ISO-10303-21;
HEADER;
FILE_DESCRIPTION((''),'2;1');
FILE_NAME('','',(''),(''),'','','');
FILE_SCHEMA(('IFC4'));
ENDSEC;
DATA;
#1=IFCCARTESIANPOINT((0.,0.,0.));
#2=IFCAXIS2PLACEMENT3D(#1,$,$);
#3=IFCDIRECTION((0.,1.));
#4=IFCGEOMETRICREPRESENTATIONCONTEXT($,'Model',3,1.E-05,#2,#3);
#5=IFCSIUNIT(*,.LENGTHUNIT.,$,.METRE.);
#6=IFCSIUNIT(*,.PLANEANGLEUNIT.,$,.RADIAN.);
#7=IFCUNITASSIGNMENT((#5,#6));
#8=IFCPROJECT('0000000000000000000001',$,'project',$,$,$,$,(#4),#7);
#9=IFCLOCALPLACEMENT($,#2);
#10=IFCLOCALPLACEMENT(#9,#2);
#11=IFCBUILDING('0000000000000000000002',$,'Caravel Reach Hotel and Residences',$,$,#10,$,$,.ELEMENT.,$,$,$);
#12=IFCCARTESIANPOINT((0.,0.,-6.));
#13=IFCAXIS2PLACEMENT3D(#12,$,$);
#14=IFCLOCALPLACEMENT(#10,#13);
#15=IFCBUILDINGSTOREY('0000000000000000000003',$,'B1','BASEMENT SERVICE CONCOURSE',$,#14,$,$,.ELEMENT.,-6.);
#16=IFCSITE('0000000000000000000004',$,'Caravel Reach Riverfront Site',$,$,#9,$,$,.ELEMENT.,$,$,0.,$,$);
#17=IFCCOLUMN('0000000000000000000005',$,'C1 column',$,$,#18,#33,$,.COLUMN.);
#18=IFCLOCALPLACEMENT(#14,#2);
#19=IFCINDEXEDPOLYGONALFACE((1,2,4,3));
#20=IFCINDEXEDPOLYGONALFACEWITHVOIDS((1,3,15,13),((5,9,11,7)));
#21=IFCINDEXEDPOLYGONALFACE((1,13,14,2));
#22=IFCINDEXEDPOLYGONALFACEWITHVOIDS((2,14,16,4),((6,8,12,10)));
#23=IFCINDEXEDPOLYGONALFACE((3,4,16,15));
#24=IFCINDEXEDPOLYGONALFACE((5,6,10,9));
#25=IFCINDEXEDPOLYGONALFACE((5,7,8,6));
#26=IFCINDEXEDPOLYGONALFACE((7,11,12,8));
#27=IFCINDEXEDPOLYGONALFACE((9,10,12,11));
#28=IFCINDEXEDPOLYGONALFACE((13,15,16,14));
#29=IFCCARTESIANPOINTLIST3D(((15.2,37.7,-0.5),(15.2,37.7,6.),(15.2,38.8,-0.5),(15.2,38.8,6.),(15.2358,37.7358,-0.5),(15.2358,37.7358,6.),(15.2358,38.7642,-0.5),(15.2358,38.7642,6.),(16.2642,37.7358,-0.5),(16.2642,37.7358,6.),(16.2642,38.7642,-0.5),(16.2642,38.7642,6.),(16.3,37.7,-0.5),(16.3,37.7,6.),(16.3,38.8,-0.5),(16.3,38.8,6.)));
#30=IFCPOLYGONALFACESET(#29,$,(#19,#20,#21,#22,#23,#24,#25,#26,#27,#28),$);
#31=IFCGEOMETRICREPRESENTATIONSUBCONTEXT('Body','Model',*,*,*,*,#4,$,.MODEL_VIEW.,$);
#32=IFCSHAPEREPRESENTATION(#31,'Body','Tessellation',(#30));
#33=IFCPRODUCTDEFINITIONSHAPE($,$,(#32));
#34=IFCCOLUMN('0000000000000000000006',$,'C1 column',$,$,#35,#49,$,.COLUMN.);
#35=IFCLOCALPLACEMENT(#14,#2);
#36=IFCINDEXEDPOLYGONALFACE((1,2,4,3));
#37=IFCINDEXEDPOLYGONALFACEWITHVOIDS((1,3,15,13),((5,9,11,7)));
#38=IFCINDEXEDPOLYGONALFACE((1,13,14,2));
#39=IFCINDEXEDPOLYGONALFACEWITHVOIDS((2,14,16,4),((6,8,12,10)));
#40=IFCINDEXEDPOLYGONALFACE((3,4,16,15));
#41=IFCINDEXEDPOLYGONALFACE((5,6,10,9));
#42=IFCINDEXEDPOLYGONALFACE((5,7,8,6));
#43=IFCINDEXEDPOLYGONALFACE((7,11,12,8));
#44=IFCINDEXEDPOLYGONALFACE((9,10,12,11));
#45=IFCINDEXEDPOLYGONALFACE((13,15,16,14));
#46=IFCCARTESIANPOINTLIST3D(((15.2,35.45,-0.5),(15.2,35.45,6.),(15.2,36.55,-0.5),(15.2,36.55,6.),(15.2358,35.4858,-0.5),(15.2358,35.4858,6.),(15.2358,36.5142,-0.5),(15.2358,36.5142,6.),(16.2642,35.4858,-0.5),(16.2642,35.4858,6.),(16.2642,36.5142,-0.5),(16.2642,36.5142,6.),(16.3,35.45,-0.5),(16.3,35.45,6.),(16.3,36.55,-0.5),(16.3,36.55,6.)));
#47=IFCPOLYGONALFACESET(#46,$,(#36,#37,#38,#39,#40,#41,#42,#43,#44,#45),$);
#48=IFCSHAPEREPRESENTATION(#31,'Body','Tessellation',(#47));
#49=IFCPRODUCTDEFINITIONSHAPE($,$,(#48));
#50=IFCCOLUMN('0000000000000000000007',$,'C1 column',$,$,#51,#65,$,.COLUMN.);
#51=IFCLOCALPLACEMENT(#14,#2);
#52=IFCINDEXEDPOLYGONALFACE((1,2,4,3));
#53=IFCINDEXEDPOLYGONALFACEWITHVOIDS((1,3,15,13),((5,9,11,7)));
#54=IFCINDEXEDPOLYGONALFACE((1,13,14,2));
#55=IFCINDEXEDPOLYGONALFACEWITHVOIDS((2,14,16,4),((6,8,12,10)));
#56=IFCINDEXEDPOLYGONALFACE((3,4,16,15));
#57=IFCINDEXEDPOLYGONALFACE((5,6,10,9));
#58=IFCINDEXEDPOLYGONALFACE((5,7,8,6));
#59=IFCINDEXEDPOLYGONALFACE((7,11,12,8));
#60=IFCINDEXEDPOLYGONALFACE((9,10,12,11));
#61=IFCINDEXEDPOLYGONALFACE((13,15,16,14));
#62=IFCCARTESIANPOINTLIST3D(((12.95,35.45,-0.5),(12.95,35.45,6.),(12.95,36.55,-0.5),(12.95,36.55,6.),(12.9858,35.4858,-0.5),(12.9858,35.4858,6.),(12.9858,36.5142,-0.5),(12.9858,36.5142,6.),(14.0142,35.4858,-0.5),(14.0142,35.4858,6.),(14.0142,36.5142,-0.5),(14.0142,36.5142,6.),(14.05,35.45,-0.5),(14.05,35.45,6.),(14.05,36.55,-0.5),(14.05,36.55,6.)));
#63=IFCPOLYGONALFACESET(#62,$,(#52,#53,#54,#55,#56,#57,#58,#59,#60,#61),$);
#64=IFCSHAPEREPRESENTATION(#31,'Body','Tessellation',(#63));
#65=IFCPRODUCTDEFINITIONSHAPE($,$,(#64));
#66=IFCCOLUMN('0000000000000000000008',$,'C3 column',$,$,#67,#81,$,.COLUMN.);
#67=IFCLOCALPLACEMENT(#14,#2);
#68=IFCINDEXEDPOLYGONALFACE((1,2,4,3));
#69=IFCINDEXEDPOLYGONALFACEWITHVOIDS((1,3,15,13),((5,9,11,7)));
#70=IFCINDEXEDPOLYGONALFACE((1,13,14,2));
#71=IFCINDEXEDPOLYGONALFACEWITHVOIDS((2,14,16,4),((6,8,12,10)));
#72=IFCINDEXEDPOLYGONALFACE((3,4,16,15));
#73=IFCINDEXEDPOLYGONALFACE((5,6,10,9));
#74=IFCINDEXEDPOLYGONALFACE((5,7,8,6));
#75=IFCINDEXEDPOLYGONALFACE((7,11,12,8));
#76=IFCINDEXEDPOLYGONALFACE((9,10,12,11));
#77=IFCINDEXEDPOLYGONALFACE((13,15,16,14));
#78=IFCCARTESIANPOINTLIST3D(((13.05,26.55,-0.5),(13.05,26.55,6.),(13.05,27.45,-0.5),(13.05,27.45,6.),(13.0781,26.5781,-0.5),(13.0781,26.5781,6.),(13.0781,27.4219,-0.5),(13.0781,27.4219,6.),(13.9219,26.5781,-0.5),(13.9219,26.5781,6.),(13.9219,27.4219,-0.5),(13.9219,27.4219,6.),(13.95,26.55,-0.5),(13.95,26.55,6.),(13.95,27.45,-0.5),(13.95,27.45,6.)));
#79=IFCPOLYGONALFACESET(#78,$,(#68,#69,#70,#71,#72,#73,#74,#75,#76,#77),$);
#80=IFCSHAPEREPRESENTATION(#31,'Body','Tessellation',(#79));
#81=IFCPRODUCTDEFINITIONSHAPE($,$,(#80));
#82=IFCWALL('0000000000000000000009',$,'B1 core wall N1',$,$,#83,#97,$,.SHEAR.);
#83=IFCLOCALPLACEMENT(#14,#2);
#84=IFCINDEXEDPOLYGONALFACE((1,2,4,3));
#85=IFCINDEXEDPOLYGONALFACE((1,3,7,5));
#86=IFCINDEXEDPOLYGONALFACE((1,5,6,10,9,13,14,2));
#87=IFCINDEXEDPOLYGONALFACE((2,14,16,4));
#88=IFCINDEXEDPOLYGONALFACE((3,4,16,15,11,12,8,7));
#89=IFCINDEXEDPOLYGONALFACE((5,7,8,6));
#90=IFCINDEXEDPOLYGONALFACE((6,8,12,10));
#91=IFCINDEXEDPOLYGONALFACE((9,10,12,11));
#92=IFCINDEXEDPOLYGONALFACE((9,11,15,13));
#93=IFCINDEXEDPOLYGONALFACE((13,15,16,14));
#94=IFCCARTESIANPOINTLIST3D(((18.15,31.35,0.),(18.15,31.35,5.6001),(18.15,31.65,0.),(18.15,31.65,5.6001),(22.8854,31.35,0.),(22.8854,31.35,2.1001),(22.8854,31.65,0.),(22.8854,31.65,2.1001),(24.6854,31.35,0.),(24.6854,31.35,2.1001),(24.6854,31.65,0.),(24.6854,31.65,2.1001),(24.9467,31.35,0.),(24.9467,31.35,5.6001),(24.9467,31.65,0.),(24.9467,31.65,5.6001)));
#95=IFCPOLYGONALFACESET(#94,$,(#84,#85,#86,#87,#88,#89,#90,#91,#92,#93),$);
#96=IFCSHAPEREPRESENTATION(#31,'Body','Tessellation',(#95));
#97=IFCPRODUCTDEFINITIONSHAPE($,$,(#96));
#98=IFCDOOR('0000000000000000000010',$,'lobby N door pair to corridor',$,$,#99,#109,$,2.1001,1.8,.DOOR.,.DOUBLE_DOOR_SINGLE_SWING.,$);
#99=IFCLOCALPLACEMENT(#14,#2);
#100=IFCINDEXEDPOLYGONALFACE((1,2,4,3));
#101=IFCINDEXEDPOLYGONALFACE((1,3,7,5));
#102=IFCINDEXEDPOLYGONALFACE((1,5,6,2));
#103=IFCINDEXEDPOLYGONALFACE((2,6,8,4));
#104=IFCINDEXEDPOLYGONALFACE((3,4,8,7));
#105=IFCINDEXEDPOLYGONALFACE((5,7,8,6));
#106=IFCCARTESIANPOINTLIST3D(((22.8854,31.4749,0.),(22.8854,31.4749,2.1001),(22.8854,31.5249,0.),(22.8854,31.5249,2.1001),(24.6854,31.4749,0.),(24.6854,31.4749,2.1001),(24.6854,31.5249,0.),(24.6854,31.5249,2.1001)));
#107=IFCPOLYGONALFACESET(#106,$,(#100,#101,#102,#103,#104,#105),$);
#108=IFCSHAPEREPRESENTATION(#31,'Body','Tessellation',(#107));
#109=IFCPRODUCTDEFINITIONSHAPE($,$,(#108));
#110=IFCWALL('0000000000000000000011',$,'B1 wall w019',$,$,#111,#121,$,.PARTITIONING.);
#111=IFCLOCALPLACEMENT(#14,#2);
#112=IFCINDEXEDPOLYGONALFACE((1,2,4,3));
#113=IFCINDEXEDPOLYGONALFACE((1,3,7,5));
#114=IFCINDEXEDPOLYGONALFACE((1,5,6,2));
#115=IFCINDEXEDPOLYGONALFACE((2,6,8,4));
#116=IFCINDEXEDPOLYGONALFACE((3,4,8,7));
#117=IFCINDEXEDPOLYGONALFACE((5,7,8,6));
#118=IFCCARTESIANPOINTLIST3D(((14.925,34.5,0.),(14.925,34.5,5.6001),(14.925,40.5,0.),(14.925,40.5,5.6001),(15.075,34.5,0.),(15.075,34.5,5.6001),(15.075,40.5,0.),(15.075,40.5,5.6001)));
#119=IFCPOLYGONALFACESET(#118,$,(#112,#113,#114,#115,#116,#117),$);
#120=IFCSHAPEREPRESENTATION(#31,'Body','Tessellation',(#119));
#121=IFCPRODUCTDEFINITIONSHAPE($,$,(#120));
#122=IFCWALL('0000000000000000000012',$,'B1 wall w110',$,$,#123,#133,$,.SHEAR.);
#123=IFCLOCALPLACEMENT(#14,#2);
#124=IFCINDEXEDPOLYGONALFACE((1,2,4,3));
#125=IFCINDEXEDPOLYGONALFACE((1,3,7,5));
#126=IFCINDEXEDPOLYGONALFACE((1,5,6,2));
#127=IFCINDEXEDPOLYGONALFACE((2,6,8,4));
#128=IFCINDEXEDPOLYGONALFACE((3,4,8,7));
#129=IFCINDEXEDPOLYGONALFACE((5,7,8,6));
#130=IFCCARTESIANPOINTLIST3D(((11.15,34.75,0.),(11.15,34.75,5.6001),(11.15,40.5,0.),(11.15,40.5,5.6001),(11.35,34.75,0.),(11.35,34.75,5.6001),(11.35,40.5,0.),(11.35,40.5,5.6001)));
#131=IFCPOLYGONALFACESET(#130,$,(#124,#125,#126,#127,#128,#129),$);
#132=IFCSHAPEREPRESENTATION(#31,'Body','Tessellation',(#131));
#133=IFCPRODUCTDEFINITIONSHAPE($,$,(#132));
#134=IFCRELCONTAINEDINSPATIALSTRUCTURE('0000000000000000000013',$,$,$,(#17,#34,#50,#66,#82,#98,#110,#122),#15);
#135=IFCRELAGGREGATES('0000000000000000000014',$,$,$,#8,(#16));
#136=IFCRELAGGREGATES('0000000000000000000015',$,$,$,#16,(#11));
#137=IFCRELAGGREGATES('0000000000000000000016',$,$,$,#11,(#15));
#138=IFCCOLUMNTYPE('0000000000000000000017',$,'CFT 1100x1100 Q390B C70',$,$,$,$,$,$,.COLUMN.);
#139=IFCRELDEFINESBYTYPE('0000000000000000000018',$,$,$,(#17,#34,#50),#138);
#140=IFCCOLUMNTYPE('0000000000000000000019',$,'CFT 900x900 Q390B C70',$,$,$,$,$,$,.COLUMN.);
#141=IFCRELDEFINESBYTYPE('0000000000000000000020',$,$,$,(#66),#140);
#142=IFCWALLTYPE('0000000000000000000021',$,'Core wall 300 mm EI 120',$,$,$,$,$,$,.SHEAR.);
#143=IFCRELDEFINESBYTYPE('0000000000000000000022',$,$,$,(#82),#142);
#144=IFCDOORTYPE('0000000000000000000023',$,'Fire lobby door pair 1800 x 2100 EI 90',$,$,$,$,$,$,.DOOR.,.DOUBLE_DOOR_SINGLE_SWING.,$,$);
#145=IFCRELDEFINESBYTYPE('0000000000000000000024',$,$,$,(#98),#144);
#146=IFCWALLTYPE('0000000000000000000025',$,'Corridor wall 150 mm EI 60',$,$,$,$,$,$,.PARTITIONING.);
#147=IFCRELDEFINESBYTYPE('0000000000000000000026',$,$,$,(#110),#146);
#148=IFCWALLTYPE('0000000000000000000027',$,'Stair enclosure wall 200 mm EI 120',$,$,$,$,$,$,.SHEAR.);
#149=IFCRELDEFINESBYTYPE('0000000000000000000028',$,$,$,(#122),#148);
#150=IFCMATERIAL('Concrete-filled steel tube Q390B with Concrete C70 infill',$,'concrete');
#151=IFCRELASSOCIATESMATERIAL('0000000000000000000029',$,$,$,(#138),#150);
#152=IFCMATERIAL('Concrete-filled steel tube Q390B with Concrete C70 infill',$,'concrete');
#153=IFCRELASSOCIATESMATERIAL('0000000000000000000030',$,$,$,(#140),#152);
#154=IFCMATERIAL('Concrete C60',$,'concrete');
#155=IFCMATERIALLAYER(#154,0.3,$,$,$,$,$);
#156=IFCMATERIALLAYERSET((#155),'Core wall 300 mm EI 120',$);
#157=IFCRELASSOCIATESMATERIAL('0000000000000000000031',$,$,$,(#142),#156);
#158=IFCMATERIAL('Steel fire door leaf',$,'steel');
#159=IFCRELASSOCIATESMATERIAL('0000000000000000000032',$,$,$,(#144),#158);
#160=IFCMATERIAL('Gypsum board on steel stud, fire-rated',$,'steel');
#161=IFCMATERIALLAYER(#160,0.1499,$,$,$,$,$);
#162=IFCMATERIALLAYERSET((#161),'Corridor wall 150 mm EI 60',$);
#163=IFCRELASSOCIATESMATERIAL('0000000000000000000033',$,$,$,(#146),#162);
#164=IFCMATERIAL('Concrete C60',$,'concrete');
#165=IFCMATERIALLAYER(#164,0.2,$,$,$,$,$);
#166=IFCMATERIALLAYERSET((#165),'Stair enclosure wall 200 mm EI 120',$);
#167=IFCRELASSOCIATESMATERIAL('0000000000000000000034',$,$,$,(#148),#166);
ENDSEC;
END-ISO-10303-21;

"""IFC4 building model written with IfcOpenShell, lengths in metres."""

from ifc_helpers import new_model, si_unit, direction, frame, frame_2d, origin, origin_2d, place, context, subcontext, project, spatial, rectangle, hollow_rectangle, extrude, material, layer, layer_set, material_profile, profile_set, type_object, element, fill, save


model = new_model("IFC4")

# Units and contexts
model_context = context("Model", 3, precision=1e-05, world=origin(), true_north=direction((0.0, 1.0)))
body_context = subcontext(model_context, "Body", "Model", "MODEL_VIEW")
ifc_project = project(units=[si_unit("LENGTHUNIT", "METRE"), si_unit("PLANEANGLEUNIT", "RADIAN")], contexts=[model_context])

# Site, building, storey
site_placement = place(None, origin())
site = spatial("IfcSite", under=ifc_project, at=site_placement, Name="Caravel Reach Riverfront Site", CompositionType="ELEMENT", RefElevation=0.0)
building_placement = place(site_placement, origin())
building = spatial("IfcBuilding", under=site, at=building_placement, Name="Caravel Reach Hotel and Residences", CompositionType="ELEMENT")
storey_placement = place(building_placement, frame((0.0, 0.0, -6.0)))
storey = spatial("IfcBuildingStorey", under=building, at=storey_placement, Name="B1", Description="BASEMENT SERVICE CONCOURSE", CompositionType="ELEMENT", Elevation=-6.0)

# Columns
ifc_material_1 = material(Name="Concrete-filled steel tube Q390B with Concrete C70 infill", Category="concrete")
ifc_material_profile_1 = material_profile(ifc_material_1, hollow_rectangle(XDim=1.1001, YDim=1.1001, WallThickness=0.0359, at=origin_2d()), Name="RHS 1100x1100x36")
ifc_profile_set_1 = profile_set([ifc_material_profile_1], Name="Concrete-filled steel tube Q390B with Concrete C70 infill")
column_type_1 = type_object("IfcColumnType", Name="CFT 1100x1100 Q390B C70", PredefinedType="COLUMN", material=ifc_profile_set_1)
for number, where, z_axis, x_axis, name in (
    (1, (15.75, 38.25, -0.5), (0.0, 0.0, 1.0), (1.0, 0.0, 0.0), "C1 column"),
    (2, (15.75, 36.0, -0.5), (0.0, 0.0, 1.0), (1.0, 0.0, 0.0), "C1 column"),
    (3, (13.5, 36.0, -0.5), (0.0, 0.0, 1.0), (1.0, 0.0, 0.0), "C1 column"),
):
    element("IfcColumn", number, at=place(storey_placement, frame(where, z_axis=z_axis, x_axis=x_axis)), inside=storey, type_object=column_type_1, Name=name, PredefinedType="COLUMN", context=body_context, shape_type="SweptSolid", body=[
        extrude(hollow_rectangle(XDim=1.1001, YDim=1.1001, WallThickness=0.0359, at=origin_2d()), origin(), (0.0, 0.0, 1.0), 6.5),
    ])
ifc_material_2 = material(Name="Concrete-filled steel tube Q390B with Concrete C70 infill", Category="concrete")
ifc_material_profile_2 = material_profile(ifc_material_2, hollow_rectangle(XDim=0.8999, YDim=0.8999, WallThickness=0.0281, at=origin_2d()), Name="RHS 900x900x28")
ifc_profile_set_2 = profile_set([ifc_material_profile_2], Name="Concrete-filled steel tube Q390B with Concrete C70 infill")
column_type_2 = type_object("IfcColumnType", Name="CFT 900x900 Q390B C70", PredefinedType="COLUMN", material=ifc_profile_set_2)
column_placement = place(storey_placement, frame((13.5, 27.0, -0.5), z_axis=(0.0, 0.0, 1.0), x_axis=(1.0, 0.0, 0.0)))
element("IfcColumn", 4, at=column_placement, inside=storey, type_object=column_type_2, Name="C3 column", PredefinedType="COLUMN", context=body_context, shape_type="SweptSolid", body=[
    extrude(hollow_rectangle(XDim=0.8999, YDim=0.8999, WallThickness=0.0281, at=origin_2d()), origin(), (0.0, 0.0, 1.0), 6.5),
])

# Wall, opening, door
ifc_material_3 = material(Name="Concrete C60", Category="concrete")
ifc_layer_1 = layer(ifc_material_3, 0.3)
ifc_layer_set_1 = layer_set([ifc_layer_1], Name="Core wall 300 mm EI 120")
wall_type_1 = type_object("IfcWallType", Name="Core wall 300 mm EI 120", PredefinedType="SHEAR", material=ifc_layer_set_1)
wall_1_placement = place(storey_placement, frame((18.1499, 31.5, 0.0), z_axis=(0.0, 0.0, 1.0), x_axis=(1.0, 0.0, 0.0)))
wall_1 = element("IfcWall", 5, at=wall_1_placement, inside=storey, type_object=wall_type_1, Name="B1 core wall N1", PredefinedType="SHEAR", context=body_context, shape_type="SweptSolid", body=[
    extrude(rectangle(XDim=6.7966, YDim=0.3, at=frame_2d((3.3984, 0.0))), origin(), (0.0, 0.0, 1.0), 5.6001),
])
opening_placement = place(wall_1_placement, frame((4.7356, 0.0, 0.0)))
opening = element("IfcOpeningElement", 6, at=opening_placement, cuts=wall_1, PredefinedType="OPENING", context=body_context, shape_type="SweptSolid", body=[
    extrude(rectangle(XDim=1.8, YDim=2.1001, at=frame_2d((0.8999, 1.05))), frame((0.0, 0.1599, 0.0), z_axis=(0.0, -1.0, 0.0), x_axis=(1.0, 0.0, 0.0)), (0.0, 0.0, 1.0), 0.3201),
])
ifc_material_4 = material(Name="Steel fire door leaf", Category="steel")
door_type = type_object("IfcDoorType", Name="Fire lobby door pair 1800 x 2100 EI 90", OperationType="DOUBLE_DOOR_SINGLE_SWING", PredefinedType="DOOR", material=ifc_material_4)
door_placement = place(opening_placement, origin())
door = element("IfcDoor", 7, at=door_placement, inside=storey, type_object=door_type, Name="lobby N door pair to corridor", OperationType="DOUBLE_DOOR_SINGLE_SWING", OverallHeight=2.1001, OverallWidth=1.8, PredefinedType="DOOR", context=body_context, shape_type="SweptSolid", body=[
    extrude(rectangle(XDim=1.8, YDim=2.1001, at=frame_2d((0.8999, 1.05))), frame((0.0, 0.0249, 0.0), z_axis=(0.0, -1.0, 0.0), x_axis=(1.0, 0.0, 0.0)), (0.0, 0.0, 1.0), 0.05),
])
fill(opening, door)

# Walls
ifc_material_5 = material(Name="Gypsum board on steel stud, fire-rated", Category="steel")
ifc_layer_2 = layer(ifc_material_5, 0.1499)
ifc_layer_set_2 = layer_set([ifc_layer_2], Name="Corridor wall 150 mm EI 60")
wall_type_2 = type_object("IfcWallType", Name="Corridor wall 150 mm EI 60", PredefinedType="PARTITIONING", material=ifc_layer_set_2)
wall_2_placement = place(storey_placement, frame((15.0, 34.5, 0.0), z_axis=(0.0, 0.0, 1.0), x_axis=(0.0, 1.0, 0.0)))
element("IfcWall", 8, at=wall_2_placement, inside=storey, type_object=wall_type_2, Name="B1 wall w019", PredefinedType="PARTITIONING", context=body_context, shape_type="SweptSolid", body=[
    extrude(rectangle(XDim=6.0, YDim=0.1499, at=frame_2d((3.0, 0.0))), origin(), (0.0, 0.0, 1.0), 5.6001),
])
ifc_material_6 = material(Name="Concrete C60", Category="concrete")
ifc_layer_3 = layer(ifc_material_6, 0.2)
ifc_layer_set_3 = layer_set([ifc_layer_3], Name="Stair enclosure wall 200 mm EI 120")
wall_type_3 = type_object("IfcWallType", Name="Stair enclosure wall 200 mm EI 120", PredefinedType="SHEAR", material=ifc_layer_set_3)
wall_3_placement = place(storey_placement, frame((11.25, 34.75, 0.0), z_axis=(0.0, 0.0, 1.0), x_axis=(0.0, 1.0, 0.0)))
element("IfcWall", 9, at=wall_3_placement, inside=storey, type_object=wall_type_3, Name="B1 wall w110", PredefinedType="SHEAR", context=body_context, shape_type="SweptSolid", body=[
    extrude(rectangle(XDim=5.75, YDim=0.2, at=frame_2d((2.875, 0.0))), origin(), (0.0, 0.0, 1.0), 5.6001),
])

save(model, "model.ifc")
